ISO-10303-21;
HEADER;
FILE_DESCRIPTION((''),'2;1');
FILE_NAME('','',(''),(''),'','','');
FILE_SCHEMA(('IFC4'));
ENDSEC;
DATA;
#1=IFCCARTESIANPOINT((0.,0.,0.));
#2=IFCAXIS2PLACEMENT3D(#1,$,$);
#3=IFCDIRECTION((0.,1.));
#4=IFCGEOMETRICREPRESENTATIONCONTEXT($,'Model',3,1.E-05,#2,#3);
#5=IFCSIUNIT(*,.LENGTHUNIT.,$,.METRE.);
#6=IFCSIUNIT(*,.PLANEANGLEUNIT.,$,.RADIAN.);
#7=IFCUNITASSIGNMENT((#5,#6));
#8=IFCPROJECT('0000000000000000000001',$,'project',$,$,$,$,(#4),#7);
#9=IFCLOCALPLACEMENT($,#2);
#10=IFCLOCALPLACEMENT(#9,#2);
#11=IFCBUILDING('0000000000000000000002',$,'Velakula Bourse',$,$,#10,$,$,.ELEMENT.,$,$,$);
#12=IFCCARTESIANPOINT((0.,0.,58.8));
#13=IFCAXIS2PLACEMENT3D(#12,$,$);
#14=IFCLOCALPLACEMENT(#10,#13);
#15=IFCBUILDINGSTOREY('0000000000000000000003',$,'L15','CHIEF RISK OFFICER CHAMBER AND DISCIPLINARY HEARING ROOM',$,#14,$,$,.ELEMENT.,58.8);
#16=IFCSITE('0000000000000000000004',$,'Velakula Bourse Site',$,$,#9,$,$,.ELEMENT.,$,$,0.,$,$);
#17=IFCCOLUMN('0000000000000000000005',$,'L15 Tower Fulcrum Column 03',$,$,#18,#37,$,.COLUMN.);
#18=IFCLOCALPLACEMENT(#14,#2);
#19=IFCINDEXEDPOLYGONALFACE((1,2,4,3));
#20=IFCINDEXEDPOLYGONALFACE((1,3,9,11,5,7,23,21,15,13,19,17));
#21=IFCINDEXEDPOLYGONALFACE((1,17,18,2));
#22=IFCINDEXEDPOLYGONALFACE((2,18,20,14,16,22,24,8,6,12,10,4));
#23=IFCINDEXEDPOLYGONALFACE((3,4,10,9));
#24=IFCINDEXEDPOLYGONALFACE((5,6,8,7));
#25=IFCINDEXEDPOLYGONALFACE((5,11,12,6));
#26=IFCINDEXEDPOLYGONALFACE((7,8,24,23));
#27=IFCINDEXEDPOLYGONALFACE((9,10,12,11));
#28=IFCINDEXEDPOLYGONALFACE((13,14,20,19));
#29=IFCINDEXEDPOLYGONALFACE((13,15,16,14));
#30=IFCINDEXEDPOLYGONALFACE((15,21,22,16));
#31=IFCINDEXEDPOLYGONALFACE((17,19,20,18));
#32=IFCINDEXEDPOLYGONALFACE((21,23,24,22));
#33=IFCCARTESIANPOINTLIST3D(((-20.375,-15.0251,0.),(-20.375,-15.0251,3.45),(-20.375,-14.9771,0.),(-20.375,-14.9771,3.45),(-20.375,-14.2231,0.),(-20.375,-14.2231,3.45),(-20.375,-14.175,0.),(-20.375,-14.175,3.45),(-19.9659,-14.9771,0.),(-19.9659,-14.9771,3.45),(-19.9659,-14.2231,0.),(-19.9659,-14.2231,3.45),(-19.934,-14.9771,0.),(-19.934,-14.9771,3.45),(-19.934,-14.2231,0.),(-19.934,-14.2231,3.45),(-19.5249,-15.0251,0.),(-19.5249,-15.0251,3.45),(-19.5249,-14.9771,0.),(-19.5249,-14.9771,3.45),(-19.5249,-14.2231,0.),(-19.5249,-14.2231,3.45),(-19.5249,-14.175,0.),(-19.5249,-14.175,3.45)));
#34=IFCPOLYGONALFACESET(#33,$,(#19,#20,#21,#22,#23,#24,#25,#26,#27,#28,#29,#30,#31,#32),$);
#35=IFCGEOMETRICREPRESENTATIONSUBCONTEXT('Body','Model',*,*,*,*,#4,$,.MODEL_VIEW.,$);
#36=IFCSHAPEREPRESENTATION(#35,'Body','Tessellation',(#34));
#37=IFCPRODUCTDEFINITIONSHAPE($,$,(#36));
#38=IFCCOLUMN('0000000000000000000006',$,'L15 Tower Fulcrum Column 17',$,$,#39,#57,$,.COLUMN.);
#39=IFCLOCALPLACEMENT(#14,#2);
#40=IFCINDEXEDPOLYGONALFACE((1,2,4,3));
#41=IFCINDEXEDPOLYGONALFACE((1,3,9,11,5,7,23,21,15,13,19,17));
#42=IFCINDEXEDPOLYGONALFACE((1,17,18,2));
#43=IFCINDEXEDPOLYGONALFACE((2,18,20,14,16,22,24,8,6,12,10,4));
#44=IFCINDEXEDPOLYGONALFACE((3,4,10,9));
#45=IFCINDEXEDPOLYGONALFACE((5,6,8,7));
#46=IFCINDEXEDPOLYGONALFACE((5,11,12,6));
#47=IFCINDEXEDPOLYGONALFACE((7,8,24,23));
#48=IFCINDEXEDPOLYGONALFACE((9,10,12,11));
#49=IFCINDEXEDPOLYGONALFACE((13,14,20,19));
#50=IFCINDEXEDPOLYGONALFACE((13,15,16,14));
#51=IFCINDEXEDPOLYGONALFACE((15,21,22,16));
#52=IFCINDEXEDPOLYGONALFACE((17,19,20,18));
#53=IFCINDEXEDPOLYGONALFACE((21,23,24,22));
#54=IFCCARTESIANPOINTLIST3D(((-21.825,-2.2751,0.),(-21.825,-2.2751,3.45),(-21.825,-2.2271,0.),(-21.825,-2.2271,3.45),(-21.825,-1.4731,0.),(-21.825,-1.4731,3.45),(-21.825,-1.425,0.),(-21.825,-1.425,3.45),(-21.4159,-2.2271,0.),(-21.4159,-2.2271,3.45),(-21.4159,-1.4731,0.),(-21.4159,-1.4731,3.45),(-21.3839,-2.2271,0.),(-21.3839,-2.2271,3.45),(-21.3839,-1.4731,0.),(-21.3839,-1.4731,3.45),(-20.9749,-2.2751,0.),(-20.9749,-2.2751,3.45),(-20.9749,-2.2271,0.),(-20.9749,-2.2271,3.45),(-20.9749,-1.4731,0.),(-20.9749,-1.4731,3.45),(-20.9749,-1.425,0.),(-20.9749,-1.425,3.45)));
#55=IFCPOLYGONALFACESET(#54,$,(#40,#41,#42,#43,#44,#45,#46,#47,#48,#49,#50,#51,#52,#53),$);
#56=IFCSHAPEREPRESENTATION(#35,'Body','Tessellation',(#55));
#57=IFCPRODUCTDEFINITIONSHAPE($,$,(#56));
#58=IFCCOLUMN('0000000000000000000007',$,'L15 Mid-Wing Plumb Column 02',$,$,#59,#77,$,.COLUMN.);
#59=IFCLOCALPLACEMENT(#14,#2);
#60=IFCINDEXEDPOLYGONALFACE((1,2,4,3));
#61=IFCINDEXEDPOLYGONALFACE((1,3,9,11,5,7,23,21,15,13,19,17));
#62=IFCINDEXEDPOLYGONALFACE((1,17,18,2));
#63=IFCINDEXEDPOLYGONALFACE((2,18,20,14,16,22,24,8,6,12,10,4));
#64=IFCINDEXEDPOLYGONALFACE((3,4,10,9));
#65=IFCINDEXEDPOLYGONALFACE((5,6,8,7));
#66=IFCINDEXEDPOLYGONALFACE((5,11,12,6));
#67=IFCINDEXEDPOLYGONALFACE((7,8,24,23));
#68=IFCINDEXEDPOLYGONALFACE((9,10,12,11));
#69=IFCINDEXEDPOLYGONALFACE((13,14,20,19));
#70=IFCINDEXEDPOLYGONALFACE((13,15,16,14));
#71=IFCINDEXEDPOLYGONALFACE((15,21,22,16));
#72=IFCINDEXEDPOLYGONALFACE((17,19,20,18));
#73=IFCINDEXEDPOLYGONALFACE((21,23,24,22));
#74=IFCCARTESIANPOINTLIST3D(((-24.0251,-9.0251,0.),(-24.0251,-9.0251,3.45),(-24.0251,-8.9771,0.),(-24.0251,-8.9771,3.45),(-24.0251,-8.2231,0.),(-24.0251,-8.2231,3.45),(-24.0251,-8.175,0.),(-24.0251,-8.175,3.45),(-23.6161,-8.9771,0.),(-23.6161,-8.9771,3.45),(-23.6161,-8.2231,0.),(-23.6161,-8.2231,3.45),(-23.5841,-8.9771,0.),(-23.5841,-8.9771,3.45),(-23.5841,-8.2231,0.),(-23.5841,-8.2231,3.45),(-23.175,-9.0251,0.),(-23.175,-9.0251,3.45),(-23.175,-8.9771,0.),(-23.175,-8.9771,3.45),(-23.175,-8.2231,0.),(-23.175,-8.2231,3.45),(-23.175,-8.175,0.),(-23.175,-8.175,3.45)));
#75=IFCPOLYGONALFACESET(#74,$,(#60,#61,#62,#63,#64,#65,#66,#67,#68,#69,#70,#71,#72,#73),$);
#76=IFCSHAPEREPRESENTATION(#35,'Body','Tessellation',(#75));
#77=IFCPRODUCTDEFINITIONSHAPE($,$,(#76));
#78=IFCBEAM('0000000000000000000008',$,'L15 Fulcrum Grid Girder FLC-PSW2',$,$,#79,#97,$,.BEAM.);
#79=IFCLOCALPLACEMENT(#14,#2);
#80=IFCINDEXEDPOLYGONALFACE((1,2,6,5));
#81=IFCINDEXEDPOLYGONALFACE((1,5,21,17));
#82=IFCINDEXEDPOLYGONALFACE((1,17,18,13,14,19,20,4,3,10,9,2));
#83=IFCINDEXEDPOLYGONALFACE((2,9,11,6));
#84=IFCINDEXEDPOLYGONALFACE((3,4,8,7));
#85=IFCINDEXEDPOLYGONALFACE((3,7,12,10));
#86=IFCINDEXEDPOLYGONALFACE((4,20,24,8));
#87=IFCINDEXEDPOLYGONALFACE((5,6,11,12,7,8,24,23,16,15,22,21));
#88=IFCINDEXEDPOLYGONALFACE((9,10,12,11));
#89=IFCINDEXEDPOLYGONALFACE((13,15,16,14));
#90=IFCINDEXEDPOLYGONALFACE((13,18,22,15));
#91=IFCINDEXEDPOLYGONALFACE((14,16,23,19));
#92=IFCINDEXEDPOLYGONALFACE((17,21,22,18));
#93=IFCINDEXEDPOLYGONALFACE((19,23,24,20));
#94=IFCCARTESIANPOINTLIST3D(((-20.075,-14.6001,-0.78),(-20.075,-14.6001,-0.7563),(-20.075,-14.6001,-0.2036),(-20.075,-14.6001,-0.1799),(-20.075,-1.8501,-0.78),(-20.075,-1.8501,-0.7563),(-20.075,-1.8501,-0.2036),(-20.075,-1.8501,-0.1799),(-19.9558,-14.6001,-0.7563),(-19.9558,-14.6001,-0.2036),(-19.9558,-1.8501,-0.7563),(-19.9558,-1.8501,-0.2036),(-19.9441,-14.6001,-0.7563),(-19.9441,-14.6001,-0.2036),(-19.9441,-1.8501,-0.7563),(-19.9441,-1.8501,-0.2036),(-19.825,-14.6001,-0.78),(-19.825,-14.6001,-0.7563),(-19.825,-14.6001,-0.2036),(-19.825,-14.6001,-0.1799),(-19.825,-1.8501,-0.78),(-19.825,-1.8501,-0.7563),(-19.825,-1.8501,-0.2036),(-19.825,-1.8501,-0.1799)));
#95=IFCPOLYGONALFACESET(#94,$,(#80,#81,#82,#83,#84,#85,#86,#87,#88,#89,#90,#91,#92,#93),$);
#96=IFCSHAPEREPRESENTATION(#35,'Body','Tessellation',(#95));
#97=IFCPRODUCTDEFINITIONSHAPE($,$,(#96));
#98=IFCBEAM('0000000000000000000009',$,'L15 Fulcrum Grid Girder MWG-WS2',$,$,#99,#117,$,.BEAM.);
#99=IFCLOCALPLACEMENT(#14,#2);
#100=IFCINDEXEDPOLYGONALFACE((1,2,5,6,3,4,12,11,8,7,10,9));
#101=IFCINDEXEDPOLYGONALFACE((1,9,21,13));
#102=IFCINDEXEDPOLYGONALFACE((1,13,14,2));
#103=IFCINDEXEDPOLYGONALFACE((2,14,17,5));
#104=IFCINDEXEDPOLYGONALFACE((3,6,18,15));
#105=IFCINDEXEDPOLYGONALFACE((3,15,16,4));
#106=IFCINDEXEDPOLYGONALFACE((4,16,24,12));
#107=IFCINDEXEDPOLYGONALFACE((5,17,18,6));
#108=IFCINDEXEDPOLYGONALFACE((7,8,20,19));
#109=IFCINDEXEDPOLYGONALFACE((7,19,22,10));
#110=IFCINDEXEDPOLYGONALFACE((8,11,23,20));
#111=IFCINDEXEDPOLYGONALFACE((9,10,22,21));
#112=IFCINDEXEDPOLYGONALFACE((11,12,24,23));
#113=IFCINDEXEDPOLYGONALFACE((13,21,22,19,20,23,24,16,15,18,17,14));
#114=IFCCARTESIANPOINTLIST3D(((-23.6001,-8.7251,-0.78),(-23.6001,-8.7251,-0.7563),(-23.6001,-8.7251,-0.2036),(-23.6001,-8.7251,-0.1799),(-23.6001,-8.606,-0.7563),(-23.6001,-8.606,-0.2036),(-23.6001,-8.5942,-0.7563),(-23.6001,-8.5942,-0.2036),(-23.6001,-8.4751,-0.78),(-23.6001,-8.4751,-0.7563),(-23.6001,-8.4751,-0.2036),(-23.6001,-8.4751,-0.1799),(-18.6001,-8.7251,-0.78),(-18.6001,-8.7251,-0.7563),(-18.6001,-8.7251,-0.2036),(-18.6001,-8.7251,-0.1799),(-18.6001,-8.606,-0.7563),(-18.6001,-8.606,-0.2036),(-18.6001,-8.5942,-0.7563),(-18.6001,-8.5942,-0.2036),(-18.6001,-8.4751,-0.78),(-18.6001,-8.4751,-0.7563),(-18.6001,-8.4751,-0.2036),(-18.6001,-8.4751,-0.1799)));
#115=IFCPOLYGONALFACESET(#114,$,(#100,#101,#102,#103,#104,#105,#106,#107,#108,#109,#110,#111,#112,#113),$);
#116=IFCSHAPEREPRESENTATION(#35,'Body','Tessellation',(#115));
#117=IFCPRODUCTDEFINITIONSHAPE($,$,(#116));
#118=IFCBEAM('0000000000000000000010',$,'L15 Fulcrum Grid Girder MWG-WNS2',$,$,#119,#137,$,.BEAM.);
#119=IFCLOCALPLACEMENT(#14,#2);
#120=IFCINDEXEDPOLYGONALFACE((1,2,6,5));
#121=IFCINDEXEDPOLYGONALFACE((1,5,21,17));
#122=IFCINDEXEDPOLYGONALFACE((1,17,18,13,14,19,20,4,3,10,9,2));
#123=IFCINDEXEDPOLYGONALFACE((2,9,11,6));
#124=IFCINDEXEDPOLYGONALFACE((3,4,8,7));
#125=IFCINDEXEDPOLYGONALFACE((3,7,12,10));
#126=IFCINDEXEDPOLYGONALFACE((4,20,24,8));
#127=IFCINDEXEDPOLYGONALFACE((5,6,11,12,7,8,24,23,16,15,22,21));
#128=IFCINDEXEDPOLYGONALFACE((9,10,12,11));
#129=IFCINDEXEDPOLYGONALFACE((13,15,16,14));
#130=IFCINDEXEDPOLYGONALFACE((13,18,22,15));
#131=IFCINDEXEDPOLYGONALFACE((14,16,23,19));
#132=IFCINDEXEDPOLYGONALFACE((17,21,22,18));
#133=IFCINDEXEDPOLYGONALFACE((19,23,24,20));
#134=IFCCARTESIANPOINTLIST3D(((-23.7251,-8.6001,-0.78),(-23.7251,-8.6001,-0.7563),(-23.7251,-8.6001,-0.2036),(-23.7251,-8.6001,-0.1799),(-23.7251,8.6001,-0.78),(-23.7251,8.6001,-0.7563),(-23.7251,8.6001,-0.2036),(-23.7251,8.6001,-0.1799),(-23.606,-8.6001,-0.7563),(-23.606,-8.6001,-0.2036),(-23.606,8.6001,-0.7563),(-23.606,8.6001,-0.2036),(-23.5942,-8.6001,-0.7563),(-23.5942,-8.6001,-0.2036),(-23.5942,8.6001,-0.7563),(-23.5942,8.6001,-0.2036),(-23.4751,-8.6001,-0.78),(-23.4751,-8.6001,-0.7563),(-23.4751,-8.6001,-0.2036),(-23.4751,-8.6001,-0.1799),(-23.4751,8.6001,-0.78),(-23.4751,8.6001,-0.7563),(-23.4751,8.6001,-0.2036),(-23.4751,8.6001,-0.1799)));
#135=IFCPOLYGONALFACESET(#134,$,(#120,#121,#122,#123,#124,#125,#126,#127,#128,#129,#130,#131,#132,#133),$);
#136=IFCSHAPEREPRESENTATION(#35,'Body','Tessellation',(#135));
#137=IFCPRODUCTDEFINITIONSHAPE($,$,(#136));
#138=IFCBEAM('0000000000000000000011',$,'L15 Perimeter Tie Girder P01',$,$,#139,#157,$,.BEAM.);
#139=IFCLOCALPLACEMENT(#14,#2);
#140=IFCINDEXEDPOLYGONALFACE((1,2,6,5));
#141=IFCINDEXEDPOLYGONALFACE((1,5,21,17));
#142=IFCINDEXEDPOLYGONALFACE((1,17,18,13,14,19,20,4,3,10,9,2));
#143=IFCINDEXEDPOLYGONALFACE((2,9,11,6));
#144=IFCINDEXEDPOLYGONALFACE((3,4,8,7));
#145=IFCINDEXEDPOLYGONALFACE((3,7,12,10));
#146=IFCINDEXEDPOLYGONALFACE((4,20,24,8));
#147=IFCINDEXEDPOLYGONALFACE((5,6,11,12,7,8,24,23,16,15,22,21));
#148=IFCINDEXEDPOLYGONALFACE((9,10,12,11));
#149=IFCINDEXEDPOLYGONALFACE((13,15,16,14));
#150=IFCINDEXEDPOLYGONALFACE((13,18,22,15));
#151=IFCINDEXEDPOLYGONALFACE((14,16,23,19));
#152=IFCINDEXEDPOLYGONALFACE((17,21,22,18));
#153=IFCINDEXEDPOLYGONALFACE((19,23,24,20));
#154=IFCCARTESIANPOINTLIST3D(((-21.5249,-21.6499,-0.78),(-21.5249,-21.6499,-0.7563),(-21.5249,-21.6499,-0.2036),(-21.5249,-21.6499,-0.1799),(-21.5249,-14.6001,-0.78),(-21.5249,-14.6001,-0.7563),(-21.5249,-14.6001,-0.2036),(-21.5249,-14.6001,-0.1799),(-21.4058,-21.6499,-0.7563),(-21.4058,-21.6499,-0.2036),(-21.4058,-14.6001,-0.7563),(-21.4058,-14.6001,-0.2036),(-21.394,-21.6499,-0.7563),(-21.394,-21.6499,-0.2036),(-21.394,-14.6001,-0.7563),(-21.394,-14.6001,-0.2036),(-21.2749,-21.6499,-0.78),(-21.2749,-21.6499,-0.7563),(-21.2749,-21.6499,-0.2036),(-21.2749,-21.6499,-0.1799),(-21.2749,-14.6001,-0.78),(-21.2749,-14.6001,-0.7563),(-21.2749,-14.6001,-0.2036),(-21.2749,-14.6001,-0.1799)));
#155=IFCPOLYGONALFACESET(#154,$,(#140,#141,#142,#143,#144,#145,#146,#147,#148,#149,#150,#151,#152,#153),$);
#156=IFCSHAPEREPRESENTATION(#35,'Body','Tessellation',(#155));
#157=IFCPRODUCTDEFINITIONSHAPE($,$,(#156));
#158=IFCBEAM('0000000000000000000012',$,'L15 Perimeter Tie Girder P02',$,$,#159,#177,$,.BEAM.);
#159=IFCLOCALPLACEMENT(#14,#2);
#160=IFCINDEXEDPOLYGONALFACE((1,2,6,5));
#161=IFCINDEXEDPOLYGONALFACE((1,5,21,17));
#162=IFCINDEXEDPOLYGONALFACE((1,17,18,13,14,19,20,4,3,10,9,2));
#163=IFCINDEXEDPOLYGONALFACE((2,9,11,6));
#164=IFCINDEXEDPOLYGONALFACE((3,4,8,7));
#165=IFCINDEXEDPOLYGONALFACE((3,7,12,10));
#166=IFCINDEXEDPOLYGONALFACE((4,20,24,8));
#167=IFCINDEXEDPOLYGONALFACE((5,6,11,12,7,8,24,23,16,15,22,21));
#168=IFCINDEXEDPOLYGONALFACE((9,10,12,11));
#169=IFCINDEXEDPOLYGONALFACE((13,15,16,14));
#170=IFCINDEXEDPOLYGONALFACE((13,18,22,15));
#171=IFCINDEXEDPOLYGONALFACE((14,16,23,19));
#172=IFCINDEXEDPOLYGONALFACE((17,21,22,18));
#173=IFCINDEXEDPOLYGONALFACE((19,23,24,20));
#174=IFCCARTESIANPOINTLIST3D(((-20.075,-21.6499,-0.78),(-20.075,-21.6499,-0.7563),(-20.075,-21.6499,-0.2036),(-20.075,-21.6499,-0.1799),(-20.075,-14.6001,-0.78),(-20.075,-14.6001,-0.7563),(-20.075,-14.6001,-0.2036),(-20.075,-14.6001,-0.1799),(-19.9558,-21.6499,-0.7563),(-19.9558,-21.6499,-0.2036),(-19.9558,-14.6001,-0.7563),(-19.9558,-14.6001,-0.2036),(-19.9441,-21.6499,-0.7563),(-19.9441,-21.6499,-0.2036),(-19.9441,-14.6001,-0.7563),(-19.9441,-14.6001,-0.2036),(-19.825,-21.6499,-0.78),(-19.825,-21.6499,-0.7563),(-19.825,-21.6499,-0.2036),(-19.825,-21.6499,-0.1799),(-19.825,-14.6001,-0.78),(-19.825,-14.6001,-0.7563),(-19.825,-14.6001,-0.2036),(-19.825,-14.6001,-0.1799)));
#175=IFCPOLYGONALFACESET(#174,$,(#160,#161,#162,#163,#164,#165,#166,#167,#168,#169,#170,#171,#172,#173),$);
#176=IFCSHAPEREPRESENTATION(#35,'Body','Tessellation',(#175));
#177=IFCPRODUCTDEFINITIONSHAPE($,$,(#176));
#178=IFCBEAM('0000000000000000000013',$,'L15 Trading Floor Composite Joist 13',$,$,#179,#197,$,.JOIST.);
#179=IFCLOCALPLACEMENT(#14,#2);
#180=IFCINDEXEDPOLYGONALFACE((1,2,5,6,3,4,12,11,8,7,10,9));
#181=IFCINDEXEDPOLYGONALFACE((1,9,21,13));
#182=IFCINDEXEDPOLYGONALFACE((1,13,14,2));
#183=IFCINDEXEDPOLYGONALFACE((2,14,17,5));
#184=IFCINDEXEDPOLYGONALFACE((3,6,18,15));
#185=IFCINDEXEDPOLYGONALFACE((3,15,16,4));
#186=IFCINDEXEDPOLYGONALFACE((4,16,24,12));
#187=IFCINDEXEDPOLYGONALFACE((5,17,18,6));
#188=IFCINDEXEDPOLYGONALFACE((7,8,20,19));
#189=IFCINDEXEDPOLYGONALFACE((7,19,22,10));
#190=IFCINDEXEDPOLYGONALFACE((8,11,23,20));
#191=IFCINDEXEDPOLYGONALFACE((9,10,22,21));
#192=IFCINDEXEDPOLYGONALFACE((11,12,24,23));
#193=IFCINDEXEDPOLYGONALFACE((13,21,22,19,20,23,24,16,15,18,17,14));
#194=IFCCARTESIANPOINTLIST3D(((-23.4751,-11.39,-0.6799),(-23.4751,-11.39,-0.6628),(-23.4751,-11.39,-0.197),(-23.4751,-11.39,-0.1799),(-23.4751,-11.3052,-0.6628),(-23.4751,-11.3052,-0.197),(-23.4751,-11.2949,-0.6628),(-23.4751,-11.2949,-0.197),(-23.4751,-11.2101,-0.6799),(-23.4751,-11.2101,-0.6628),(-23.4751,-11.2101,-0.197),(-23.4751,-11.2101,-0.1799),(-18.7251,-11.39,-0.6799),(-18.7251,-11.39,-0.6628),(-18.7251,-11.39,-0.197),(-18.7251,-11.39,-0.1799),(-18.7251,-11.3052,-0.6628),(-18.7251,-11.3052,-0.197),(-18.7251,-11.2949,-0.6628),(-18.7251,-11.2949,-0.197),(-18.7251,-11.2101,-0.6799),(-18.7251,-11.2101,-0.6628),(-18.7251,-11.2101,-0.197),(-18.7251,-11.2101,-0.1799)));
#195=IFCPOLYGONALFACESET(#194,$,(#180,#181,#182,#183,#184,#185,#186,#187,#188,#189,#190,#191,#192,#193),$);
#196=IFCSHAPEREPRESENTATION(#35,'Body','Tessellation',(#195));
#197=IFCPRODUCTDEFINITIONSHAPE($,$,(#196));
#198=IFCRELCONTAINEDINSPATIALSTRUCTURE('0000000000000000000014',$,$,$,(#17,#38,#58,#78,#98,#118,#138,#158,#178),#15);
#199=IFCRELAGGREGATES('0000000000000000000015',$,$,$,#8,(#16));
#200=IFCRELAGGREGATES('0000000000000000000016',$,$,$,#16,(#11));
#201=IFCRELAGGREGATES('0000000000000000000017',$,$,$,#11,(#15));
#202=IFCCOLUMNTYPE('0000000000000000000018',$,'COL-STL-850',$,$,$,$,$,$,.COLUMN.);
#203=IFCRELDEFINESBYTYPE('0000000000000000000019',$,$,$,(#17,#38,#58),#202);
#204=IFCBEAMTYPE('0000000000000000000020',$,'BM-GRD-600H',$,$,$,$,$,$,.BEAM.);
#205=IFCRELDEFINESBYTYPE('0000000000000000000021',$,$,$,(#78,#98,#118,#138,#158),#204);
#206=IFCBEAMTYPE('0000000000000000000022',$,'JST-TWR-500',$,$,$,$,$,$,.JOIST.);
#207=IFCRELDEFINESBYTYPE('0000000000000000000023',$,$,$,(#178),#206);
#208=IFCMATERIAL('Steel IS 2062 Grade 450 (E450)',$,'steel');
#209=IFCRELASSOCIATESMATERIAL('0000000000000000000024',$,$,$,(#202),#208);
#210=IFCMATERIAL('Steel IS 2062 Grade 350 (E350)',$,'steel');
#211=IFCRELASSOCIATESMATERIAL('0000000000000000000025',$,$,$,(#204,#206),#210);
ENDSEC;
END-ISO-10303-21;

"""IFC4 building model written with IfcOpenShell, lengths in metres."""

from ifc_helpers import new_model, si_unit, direction, frame, origin, origin_2d, place, context, subcontext, project, spatial, i_section, extrude, material, material_profile, profile_set, type_object, element, save


model = new_model("IFC4")

# Units and contexts
model_context = context("Model", 3, precision=1e-05, world=origin(), true_north=direction((0.0, 1.0)))
body_context = subcontext(model_context, "Body", "Model", "MODEL_VIEW")
ifc_project = project(units=[si_unit("LENGTHUNIT", "METRE"), si_unit("PLANEANGLEUNIT", "RADIAN")], contexts=[model_context])

# Site, building, storey
site_placement = place(None, origin())
site = spatial("IfcSite", under=ifc_project, at=site_placement, Name="Velakula Bourse Site", CompositionType="ELEMENT", RefElevation=0.0)
building_placement = place(site_placement, origin())
building = spatial("IfcBuilding", under=site, at=building_placement, Name="Velakula Bourse", CompositionType="ELEMENT")
storey_placement = place(building_placement, frame((0.0, 0.0, 58.8)))
storey = spatial("IfcBuildingStorey", under=building, at=storey_placement, Name="L15", Description="CHIEF RISK OFFICER CHAMBER AND DISCIPLINARY HEARING ROOM", CompositionType="ELEMENT", Elevation=58.8)

# Columns
ifc_material_1 = material(Name="Steel IS 2062 Grade 450 (E450)", Category="steel")
ifc_material_profile_1 = material_profile(ifc_material_1, i_section(OverallWidth=0.8501, OverallDepth=0.8501, WebThickness=0.032, FlangeThickness=0.0481, at=origin_2d()), Name="Steel IS 2062 Grade 450 (E450)")
ifc_profile_set_1 = profile_set([ifc_material_profile_1], Name="Steel IS 2062 Grade 450 (E450)")
column_type = type_object("IfcColumnType", Name="COL-STL-850", PredefinedType="COLUMN", material=ifc_profile_set_1)
for number, where, z_axis, x_axis, name in (
    (1, (-19.95, -14.6001, 0.0), (0.0, 0.0, 1.0), (1.0, 0.0, 0.0), "L15 Tower Fulcrum Column 03"),
    (2, (-21.3999, -1.8501, 0.0), (0.0, 0.0, 1.0), (1.0, 0.0, 0.0), "L15 Tower Fulcrum Column 17"),
    (3, (-23.6001, -8.6001, 0.0), (0.0, 0.0, 1.0), (1.0, 0.0, 0.0), "L15 Mid-Wing Plumb Column 02"),
):
    element("IfcColumn", number, at=place(storey_placement, frame(where, z_axis=z_axis, x_axis=x_axis)), inside=storey, type_object=column_type, Name=name, PredefinedType="COLUMN", context=body_context, shape_type="SweptSolid", body=[
        extrude(i_section(OverallWidth=0.8501, OverallDepth=0.8501, WebThickness=0.032, FlangeThickness=0.0481, at=origin_2d()), origin(), (0.0, 0.0, 1.0), 3.45),
    ])

# Beams
ifc_material_2 = material(Name="Steel IS 2062 Grade 350 (E350)", Category="steel")
ifc_material_profile_2 = material_profile(ifc_material_2, i_section(OverallWidth=0.25, OverallDepth=0.6001, WebThickness=0.0117, FlangeThickness=0.0237, at=origin_2d()), Name="Steel IS 2062 Grade 350 (E350)")
ifc_profile_set_2 = profile_set([ifc_material_profile_2], Name="Steel IS 2062 Grade 350 (E350)")
beam_type_1 = type_object("IfcBeamType", Name="BM-GRD-600H", PredefinedType="BEAM", material=ifc_profile_set_2)
beam_1_placement = place(storey_placement, frame((-19.95, -14.6001, -0.48), z_axis=(0.0, 1.0, 0.0), x_axis=(-1.0, 0.0, 0.0)))
element("IfcBeam", 4, at=beam_1_placement, inside=storey, type_object=beam_type_1, Name="L15 Fulcrum Grid Girder FLC-PSW2", PredefinedType="BEAM", context=body_context, shape_type="SweptSolid", body=[
    extrude(i_section(OverallWidth=0.25, OverallDepth=0.6001, WebThickness=0.0117, FlangeThickness=0.0237, at=origin_2d()), origin(), (0.0, 0.0, 1.0), 12.75),
])
beam_2_placement = place(storey_placement, frame((-23.6001, -8.6001, -0.48), z_axis=(1.0, 0.0, 0.0), x_axis=(0.0, 1.0, 0.0)))
element("IfcBeam", 5, at=beam_2_placement, inside=storey, type_object=beam_type_1, Name="L15 Fulcrum Grid Girder MWG-WS2", PredefinedType="BEAM", context=body_context, shape_type="SweptSolid", body=[
    extrude(i_section(OverallWidth=0.25, OverallDepth=0.6001, WebThickness=0.0117, FlangeThickness=0.0237, at=origin_2d()), origin(), (0.0, 0.0, 1.0), 5.0),
])
beam_3_placement = place(storey_placement, frame((-23.6001, -8.6001, -0.48), z_axis=(0.0, 1.0, 0.0), x_axis=(-1.0, 0.0, 0.0)))
element("IfcBeam", 6, at=beam_3_placement, inside=storey, type_object=beam_type_1, Name="L15 Fulcrum Grid Girder MWG-WNS2", PredefinedType="BEAM", context=body_context, shape_type="SweptSolid", body=[
    extrude(i_section(OverallWidth=0.25, OverallDepth=0.6001, WebThickness=0.0117, FlangeThickness=0.0237, at=origin_2d()), origin(), (0.0, 0.0, 1.0), 17.2002),
])
for number, where, z_axis, x_axis, name in (
    (7, (-21.3999, -14.6001, -0.48), (0.0, -1.0, 0.0), (1.0, 0.0, 0.0), "L15 Perimeter Tie Girder P01"),
    (8, (-19.95, -14.6001, -0.48), (0.0, -1.0, 0.0), (1.0, 0.0, 0.0), "L15 Perimeter Tie Girder P02"),
):
    element("IfcBeam", number, at=place(storey_placement, frame(where, z_axis=z_axis, x_axis=x_axis)), inside=storey, type_object=beam_type_1, Name=name, PredefinedType="BEAM", context=body_context, shape_type="SweptSolid", body=[
        extrude(i_section(OverallWidth=0.25, OverallDepth=0.6001, WebThickness=0.0117, FlangeThickness=0.0237, at=origin_2d()), origin(), (0.0, 0.0, 1.0), 7.0498),
    ])
ifc_material_profile_3 = material_profile(ifc_material_2, i_section(OverallWidth=0.1799, OverallDepth=0.5, WebThickness=0.0103, FlangeThickness=0.0171, at=origin_2d()), Name="Steel IS 2062 Grade 350 (E350)")
ifc_profile_set_3 = profile_set([ifc_material_profile_3], Name="Steel IS 2062 Grade 350 (E350)")
beam_type_2 = type_object("IfcBeamType", Name="JST-TWR-500", PredefinedType="JOIST", material=ifc_profile_set_3)
beam_4_placement = place(storey_placement, frame((-23.4751, -11.3, -0.4299), z_axis=(1.0, 0.0, 0.0), x_axis=(0.0, 1.0, 0.0)))
element("IfcBeam", 9, at=beam_4_placement, inside=storey, type_object=beam_type_2, Name="L15 Trading Floor Composite Joist 13", PredefinedType="JOIST", context=body_context, shape_type="SweptSolid", body=[
    extrude(i_section(OverallWidth=0.1799, OverallDepth=0.5, WebThickness=0.0103, FlangeThickness=0.0171, at=origin_2d()), origin(), (0.0, 0.0, 1.0), 4.75),
])

save(model, "model.ifc")
